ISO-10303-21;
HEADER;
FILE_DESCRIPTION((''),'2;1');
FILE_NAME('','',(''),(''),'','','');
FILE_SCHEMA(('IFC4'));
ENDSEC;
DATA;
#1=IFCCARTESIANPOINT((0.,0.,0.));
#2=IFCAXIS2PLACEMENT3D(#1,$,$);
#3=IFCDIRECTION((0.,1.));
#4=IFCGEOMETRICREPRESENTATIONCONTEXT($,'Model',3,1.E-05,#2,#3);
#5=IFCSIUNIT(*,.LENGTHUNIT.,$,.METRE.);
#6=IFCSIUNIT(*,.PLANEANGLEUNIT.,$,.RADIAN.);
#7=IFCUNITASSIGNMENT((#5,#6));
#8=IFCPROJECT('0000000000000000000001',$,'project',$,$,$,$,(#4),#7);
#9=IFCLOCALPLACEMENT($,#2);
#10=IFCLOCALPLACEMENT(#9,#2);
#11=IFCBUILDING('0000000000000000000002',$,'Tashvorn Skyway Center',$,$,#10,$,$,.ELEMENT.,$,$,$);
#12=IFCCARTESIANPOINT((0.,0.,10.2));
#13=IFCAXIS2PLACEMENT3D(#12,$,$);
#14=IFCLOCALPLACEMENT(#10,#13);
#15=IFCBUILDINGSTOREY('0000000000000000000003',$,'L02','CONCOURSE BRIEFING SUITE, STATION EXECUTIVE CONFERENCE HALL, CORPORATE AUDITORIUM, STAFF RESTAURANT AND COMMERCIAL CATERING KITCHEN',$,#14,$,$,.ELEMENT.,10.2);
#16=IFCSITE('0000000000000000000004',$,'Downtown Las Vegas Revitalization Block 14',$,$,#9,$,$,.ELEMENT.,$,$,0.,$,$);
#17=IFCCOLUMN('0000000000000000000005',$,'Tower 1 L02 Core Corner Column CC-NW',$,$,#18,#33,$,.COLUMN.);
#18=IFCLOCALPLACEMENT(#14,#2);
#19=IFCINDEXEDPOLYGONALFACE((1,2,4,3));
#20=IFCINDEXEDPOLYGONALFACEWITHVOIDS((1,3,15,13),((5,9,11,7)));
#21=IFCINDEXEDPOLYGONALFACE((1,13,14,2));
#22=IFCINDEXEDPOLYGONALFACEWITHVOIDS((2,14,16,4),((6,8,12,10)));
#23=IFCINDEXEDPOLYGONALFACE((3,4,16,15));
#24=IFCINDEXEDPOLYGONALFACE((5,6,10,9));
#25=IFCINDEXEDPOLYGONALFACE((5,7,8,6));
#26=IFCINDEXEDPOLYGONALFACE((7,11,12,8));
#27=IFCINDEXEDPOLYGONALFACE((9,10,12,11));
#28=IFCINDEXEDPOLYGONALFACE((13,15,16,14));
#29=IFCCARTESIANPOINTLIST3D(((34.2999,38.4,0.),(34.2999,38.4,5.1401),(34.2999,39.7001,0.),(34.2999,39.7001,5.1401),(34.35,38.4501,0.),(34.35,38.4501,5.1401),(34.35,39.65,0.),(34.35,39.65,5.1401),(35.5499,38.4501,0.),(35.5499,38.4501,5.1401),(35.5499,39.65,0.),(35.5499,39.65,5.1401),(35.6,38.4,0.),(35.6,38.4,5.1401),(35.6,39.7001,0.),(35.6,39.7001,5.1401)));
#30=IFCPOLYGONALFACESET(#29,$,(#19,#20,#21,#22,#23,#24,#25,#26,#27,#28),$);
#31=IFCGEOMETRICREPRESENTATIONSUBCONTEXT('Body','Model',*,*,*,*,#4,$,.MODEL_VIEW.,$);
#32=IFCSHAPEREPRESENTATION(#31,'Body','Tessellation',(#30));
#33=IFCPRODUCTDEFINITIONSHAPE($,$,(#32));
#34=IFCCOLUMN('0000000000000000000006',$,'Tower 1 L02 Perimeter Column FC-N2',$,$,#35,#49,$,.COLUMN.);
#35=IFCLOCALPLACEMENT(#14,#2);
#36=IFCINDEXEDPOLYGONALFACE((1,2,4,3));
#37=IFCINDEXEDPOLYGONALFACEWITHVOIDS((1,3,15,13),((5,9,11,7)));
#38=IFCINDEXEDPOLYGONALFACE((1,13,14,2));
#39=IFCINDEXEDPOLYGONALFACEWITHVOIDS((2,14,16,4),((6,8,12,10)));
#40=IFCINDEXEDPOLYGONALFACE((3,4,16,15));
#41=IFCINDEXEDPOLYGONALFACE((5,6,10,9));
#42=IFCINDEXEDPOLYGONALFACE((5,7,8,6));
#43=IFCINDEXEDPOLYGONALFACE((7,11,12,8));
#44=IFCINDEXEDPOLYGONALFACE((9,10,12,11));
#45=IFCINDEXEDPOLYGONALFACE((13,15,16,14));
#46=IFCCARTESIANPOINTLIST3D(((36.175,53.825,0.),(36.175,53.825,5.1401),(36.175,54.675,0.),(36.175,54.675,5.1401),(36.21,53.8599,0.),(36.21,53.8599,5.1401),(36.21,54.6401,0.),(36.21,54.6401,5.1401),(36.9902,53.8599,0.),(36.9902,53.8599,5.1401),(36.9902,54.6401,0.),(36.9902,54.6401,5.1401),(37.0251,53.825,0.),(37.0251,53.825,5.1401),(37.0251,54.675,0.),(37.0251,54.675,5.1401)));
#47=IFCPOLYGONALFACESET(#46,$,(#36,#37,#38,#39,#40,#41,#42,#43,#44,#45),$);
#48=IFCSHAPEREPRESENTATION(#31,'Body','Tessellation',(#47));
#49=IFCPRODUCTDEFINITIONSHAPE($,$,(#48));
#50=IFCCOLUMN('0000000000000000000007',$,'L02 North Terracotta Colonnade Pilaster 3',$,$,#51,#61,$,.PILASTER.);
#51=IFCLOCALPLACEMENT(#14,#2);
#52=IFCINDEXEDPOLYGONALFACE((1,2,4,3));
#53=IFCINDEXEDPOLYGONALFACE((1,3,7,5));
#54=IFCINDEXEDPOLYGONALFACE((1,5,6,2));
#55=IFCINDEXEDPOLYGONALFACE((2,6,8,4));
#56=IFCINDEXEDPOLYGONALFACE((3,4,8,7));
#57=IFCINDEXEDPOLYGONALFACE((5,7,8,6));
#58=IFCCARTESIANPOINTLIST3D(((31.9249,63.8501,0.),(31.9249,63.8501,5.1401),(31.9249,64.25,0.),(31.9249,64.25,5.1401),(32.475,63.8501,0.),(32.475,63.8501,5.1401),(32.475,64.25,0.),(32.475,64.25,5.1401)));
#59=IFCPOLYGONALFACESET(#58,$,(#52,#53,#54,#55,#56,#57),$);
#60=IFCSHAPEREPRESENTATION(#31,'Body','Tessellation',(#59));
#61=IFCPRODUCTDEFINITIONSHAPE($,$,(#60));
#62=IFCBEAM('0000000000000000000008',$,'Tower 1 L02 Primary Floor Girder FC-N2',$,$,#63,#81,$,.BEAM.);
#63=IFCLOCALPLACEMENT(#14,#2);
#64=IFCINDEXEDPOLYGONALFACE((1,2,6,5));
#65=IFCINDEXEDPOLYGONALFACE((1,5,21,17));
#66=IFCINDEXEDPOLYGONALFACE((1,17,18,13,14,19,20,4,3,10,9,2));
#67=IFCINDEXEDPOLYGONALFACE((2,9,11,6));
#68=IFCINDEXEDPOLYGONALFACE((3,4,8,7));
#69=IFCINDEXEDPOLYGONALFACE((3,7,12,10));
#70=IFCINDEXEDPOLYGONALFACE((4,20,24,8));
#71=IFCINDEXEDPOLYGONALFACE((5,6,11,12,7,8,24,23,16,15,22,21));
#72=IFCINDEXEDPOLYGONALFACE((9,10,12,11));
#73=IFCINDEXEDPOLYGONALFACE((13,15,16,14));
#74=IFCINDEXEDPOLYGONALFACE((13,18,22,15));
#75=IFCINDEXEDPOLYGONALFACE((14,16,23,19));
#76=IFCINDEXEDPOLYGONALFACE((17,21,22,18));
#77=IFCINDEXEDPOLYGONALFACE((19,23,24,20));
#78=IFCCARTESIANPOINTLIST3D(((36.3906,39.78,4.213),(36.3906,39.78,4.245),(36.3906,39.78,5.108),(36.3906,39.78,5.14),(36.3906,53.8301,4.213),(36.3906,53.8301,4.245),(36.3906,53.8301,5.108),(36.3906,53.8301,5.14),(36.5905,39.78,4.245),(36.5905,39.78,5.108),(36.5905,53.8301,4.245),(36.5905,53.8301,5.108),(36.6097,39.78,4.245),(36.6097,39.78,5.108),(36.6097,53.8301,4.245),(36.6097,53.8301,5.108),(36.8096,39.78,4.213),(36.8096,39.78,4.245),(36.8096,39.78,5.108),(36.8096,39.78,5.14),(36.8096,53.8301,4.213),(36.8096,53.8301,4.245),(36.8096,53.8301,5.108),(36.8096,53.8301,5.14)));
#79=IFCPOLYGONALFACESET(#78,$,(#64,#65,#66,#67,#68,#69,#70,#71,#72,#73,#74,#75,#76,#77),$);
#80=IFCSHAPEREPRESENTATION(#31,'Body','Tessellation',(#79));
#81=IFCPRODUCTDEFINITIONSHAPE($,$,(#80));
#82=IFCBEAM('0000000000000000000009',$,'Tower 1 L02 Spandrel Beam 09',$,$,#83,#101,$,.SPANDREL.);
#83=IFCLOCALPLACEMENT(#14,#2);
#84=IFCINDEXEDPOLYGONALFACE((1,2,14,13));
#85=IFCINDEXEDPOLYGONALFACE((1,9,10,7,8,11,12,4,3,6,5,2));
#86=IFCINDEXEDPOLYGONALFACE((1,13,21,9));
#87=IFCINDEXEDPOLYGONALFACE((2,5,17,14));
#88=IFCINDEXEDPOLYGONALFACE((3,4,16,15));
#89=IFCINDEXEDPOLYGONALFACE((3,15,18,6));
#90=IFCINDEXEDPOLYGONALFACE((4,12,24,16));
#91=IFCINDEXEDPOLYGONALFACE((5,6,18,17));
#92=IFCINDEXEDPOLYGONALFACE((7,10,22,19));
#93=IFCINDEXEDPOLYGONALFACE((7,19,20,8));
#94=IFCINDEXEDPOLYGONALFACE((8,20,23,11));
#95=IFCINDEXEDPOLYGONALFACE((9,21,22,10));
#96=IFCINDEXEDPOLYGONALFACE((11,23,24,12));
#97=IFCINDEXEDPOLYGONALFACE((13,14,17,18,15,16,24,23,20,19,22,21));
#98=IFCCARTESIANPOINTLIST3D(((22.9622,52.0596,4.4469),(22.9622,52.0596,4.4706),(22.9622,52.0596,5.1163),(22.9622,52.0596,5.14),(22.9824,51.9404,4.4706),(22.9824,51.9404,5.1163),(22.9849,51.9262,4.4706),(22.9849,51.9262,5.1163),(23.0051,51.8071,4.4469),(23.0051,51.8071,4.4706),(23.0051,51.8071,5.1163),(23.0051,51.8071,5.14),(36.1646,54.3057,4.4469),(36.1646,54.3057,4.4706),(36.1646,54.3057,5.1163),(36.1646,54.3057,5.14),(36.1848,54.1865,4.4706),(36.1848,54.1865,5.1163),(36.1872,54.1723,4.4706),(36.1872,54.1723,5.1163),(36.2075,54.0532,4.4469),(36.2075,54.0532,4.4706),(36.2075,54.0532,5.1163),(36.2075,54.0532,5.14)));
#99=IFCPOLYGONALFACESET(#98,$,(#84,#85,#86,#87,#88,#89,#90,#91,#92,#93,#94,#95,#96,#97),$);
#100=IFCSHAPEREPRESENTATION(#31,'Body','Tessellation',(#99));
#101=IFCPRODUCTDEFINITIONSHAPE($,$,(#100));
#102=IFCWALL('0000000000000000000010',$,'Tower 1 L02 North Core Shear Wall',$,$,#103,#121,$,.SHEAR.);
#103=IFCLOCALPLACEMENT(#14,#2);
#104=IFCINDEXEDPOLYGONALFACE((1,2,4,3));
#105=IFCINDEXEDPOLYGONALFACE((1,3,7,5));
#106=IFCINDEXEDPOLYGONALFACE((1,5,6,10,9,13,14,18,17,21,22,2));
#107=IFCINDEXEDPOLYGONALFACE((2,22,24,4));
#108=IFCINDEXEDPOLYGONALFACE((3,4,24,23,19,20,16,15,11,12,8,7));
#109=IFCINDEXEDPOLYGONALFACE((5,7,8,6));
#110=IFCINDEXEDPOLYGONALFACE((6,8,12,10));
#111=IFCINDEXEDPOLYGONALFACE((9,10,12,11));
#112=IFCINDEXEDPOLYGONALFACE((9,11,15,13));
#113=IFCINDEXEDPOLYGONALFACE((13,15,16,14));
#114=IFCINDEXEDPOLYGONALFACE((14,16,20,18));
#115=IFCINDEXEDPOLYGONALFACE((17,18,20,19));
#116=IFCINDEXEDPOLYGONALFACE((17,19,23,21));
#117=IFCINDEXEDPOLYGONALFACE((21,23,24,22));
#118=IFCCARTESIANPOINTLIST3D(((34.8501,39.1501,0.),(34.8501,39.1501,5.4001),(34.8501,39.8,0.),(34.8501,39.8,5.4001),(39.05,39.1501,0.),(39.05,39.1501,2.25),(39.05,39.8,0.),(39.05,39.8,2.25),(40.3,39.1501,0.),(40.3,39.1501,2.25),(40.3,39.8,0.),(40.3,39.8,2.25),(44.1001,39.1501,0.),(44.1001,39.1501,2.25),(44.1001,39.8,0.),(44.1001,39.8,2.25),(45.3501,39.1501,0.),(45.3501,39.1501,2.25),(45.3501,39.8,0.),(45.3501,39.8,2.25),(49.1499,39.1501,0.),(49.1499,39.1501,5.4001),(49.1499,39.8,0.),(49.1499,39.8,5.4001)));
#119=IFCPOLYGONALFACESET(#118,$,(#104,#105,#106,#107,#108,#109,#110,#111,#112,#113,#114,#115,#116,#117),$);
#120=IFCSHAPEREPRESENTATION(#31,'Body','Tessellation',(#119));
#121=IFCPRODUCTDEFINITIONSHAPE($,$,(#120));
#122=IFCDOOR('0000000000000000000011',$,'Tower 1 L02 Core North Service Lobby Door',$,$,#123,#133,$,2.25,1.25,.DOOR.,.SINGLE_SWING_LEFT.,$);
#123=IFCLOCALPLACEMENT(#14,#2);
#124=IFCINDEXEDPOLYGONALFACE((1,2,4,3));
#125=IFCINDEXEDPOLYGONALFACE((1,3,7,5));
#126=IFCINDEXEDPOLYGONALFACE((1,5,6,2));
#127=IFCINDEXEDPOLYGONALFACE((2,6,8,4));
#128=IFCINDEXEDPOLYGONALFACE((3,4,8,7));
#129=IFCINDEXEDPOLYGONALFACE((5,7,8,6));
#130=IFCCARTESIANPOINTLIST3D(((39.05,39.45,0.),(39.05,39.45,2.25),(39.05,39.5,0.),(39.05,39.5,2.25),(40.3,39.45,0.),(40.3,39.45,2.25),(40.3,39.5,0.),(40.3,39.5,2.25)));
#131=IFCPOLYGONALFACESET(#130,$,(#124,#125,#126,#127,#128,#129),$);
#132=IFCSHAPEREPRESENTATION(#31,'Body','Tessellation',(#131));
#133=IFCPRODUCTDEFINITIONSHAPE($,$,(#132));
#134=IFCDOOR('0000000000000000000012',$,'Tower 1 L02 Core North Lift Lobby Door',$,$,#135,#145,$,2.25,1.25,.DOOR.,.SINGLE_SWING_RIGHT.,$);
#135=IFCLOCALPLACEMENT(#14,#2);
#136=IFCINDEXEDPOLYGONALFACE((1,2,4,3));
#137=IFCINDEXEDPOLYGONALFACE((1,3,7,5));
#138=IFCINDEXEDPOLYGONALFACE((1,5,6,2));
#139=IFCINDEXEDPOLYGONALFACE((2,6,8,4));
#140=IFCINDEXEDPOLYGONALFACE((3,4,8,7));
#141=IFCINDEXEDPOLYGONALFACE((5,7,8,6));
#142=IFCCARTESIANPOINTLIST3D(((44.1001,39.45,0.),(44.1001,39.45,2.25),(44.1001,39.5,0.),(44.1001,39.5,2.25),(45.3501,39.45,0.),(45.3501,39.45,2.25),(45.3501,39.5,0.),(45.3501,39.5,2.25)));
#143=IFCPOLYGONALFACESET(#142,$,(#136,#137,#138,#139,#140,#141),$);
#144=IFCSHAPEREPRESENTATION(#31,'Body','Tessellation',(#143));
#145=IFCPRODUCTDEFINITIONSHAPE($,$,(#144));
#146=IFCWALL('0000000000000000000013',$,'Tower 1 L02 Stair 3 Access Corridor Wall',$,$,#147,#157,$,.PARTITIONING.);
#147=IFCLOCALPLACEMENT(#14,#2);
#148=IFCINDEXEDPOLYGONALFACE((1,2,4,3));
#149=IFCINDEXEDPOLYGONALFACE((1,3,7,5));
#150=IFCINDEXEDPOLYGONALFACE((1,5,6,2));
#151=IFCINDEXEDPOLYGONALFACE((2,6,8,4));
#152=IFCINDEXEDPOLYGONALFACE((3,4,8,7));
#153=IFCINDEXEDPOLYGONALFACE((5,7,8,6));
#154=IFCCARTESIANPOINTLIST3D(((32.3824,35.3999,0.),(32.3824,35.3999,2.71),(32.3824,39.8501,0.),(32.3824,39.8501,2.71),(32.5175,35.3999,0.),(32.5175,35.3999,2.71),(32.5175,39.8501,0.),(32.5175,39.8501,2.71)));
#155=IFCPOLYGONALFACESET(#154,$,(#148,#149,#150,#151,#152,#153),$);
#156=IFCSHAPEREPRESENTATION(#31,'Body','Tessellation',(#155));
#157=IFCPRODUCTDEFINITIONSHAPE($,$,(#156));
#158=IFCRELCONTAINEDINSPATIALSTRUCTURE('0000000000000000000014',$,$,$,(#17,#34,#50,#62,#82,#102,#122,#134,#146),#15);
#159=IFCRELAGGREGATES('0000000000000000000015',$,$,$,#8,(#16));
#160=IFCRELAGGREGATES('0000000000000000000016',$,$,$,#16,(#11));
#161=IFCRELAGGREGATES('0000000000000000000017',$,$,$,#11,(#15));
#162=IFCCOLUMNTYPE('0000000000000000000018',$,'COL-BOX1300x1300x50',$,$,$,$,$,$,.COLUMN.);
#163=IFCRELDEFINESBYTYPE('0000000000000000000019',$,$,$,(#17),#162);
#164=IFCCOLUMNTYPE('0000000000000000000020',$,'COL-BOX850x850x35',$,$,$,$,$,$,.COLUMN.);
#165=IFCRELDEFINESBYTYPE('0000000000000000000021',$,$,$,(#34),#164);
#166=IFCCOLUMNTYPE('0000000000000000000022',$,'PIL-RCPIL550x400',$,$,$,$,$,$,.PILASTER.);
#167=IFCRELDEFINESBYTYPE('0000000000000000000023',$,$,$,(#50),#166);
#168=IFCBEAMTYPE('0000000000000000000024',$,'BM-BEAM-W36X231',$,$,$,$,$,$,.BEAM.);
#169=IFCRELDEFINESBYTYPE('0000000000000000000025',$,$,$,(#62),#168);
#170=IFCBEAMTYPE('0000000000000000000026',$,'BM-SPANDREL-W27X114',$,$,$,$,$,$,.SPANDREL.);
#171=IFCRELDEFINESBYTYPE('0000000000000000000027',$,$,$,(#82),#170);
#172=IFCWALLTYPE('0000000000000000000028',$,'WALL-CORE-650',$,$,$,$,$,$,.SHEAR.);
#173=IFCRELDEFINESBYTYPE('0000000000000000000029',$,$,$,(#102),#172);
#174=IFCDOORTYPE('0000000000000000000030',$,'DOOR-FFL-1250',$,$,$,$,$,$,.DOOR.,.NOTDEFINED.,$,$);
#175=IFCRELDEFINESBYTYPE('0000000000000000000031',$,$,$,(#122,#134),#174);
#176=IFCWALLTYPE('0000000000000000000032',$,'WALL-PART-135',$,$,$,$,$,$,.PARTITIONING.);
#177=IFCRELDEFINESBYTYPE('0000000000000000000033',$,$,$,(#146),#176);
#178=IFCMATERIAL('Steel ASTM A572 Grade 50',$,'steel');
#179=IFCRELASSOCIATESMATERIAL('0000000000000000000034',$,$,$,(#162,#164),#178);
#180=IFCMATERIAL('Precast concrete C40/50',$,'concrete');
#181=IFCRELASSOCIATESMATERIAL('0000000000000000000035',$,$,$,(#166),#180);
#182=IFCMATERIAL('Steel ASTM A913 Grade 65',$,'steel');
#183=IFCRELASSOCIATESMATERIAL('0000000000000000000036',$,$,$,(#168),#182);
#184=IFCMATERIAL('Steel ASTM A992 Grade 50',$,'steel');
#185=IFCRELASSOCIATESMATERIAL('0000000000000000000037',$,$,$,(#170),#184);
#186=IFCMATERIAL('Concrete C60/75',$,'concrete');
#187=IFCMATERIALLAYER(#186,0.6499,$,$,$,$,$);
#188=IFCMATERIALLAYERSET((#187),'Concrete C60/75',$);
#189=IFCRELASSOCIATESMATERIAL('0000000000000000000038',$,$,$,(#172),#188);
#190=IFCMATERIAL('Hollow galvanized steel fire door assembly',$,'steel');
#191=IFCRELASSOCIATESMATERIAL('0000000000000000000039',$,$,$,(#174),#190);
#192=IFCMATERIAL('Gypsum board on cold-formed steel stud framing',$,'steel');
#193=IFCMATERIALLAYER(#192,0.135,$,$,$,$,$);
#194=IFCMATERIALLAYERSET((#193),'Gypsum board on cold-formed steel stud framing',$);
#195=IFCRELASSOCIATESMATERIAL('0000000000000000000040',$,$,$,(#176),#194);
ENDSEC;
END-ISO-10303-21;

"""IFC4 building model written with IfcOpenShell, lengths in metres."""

from ifc_helpers import new_model, si_unit, direction, frame, frame_2d, origin, origin_2d, place, context, subcontext, project, spatial, rectangle, hollow_rectangle, i_section, extrude, material, layer, layer_set, material_profile, profile_set, type_object, element, fill, save


model = new_model("IFC4")

# Units and contexts
model_context = context("Model", 3, precision=1e-05, world=origin(), true_north=direction((0.0, 1.0)))
body_context = subcontext(model_context, "Body", "Model", "MODEL_VIEW")
ifc_project = project(units=[si_unit("LENGTHUNIT", "METRE"), si_unit("PLANEANGLEUNIT", "RADIAN")], contexts=[model_context])

# Site, building, storey
site_placement = place(None, origin())
site = spatial("IfcSite", under=ifc_project, at=site_placement, Name="Downtown Las Vegas Revitalization Block 14", CompositionType="ELEMENT", RefElevation=0.0)
building_placement = place(site_placement, origin())
building = spatial("IfcBuilding", under=site, at=building_placement, Name="Tashvorn Skyway Center", CompositionType="ELEMENT")
storey_placement = place(building_placement, frame((0.0, 0.0, 10.2)))
storey = spatial("IfcBuildingStorey", under=building, at=storey_placement, Name="L02", Description="CONCOURSE BRIEFING SUITE, STATION EXECUTIVE CONFERENCE HALL, CORPORATE AUDITORIUM, STAFF RESTAURANT AND COMMERCIAL CATERING KITCHEN", CompositionType="ELEMENT", Elevation=10.2)

# Columns
ifc_material_1 = material(Name="Steel ASTM A572 Grade 50", Category="steel")
ifc_material_profile_1 = material_profile(ifc_material_1, hollow_rectangle(XDim=1.3, YDim=1.3, WallThickness=0.05, at=origin_2d()), Name="BOX1300x1300x50")
ifc_profile_set_1 = profile_set([ifc_material_profile_1], Name="Steel ASTM A572 Grade 50")
column_type_1 = type_object("IfcColumnType", Name="COL-BOX1300x1300x50", PredefinedType="COLUMN", material=ifc_profile_set_1)
column_1_placement = place(storey_placement, frame((34.95, 39.05, 0.0), z_axis=(0.0, 0.0, 1.0), x_axis=(1.0, 0.0, 0.0)))
element("IfcColumn", 1, at=column_1_placement, inside=storey, type_object=column_type_1, Name="Tower 1 L02 Core Corner Column CC-NW", PredefinedType="COLUMN", context=body_context, shape_type="SweptSolid", body=[
    extrude(hollow_rectangle(XDim=1.3, YDim=1.3, WallThickness=0.05, at=origin_2d()), origin(), (0.0, 0.0, 1.0), 5.1401),
])
ifc_material_profile_2 = material_profile(ifc_material_1, hollow_rectangle(XDim=0.8501, YDim=0.8501, WallThickness=0.0349, at=origin_2d()), Name="BOX850x850x35")
ifc_profile_set_2 = profile_set([ifc_material_profile_2], Name="Steel ASTM A572 Grade 50")
column_type_2 = type_object("IfcColumnType", Name="COL-BOX850x850x35", PredefinedType="COLUMN", material=ifc_profile_set_2)
column_2_placement = place(storey_placement, frame((36.6001, 54.25, 0.0), z_axis=(0.0, 0.0, 1.0), x_axis=(1.0, 0.0, 0.0)))
element("IfcColumn", 2, at=column_2_placement, inside=storey, type_object=column_type_2, Name="Tower 1 L02 Perimeter Column FC-N2", PredefinedType="COLUMN", context=body_context, shape_type="SweptSolid", body=[
    extrude(hollow_rectangle(XDim=0.8501, YDim=0.8501, WallThickness=0.0349, at=origin_2d()), origin(), (0.0, 0.0, 1.0), 5.1401),
])
ifc_material_2 = material(Name="Precast concrete C40/50", Category="concrete")
ifc_material_profile_3 = material_profile(ifc_material_2, rectangle(XDim=0.55, YDim=0.3999, at=origin_2d()), Name="RCPIL550x400")
ifc_profile_set_3 = profile_set([ifc_material_profile_3], Name="Precast concrete C40/50")
column_type_3 = type_object("IfcColumnType", Name="PIL-RCPIL550x400", PredefinedType="PILASTER", material=ifc_profile_set_3)
column_3_placement = place(storey_placement, frame((32.2, 64.05, 0.0), z_axis=(0.0, 0.0, 1.0), x_axis=(1.0, 0.0, 0.0)))
element("IfcColumn", 3, at=column_3_placement, inside=storey, type_object=column_type_3, Name="L02 North Terracotta Colonnade Pilaster 3", PredefinedType="PILASTER", context=body_context, shape_type="SweptSolid", body=[
    extrude(rectangle(XDim=0.55, YDim=0.3999, at=origin_2d()), origin(), (0.0, 0.0, 1.0), 5.1401),
])

# Beams
ifc_material_3 = material(Name="Steel ASTM A913 Grade 65", Category="steel")
ifc_material_profile_4 = material_profile(ifc_material_3, i_section(OverallWidth=0.4189, OverallDepth=0.927, WebThickness=0.0193, FlangeThickness=0.032, at=origin_2d()), Name="W36X231")
ifc_profile_set_4 = profile_set([ifc_material_profile_4], Name="Steel ASTM A913 Grade 65")
beam_type_1 = type_object("IfcBeamType", Name="BM-BEAM-W36X231", PredefinedType="BEAM", material=ifc_profile_set_4)
beam_1_placement = place(storey_placement, frame((36.6001, 53.8301, 4.6765), z_axis=(0.0, -1.0, 0.0), x_axis=(1.0, 0.0, 0.0)))
element("IfcBeam", 4, at=beam_1_placement, inside=storey, type_object=beam_type_1, Name="Tower 1 L02 Primary Floor Girder FC-N2", PredefinedType="BEAM", context=body_context, shape_type="SweptSolid", body=[
    extrude(i_section(OverallWidth=0.4189, OverallDepth=0.927, WebThickness=0.0193, FlangeThickness=0.032, at=origin_2d()), origin(), (0.0, 0.0, 1.0), 14.05),
])
ifc_material_4 = material(Name="Steel ASTM A992 Grade 50", Category="steel")
ifc_material_profile_5 = material_profile(ifc_material_4, i_section(OverallWidth=0.2561, OverallDepth=0.6931, WebThickness=0.0144, FlangeThickness=0.0237, at=origin_2d()), Name="W27X114")
ifc_profile_set_5 = profile_set([ifc_material_profile_5], Name="Steel ASTM A992 Grade 50")
beam_type_2 = type_object("IfcBeamType", Name="BM-SPANDREL-W27X114", PredefinedType="SPANDREL", material=ifc_profile_set_5)
beam_2_placement = place(storey_placement, frame((36.186, 54.1794, 4.7935), z_axis=(-0.985835, -0.167718, 0.0), x_axis=(0.167718, -0.985835, 0.0)))
element("IfcBeam", 5, at=beam_2_placement, inside=storey, type_object=beam_type_2, Name="Tower 1 L02 Spandrel Beam 09", PredefinedType="SPANDREL", context=body_context, shape_type="SweptSolid", body=[
    extrude(i_section(OverallWidth=0.2561, OverallDepth=0.6931, WebThickness=0.0144, FlangeThickness=0.0237, at=origin_2d()), origin(), (0.0, 0.0, 1.0), 13.3921),
])

# Wall, openings, doors
ifc_material_5 = material(Name="Concrete C60/75", Category="concrete")
ifc_layer_1 = layer(ifc_material_5, 0.6499)
ifc_layer_set_1 = layer_set([ifc_layer_1], Name="Concrete C60/75")
wall_type_1 = type_object("IfcWallType", Name="WALL-CORE-650", PredefinedType="SHEAR", material=ifc_layer_set_1)
wall_1_placement = place(storey_placement, frame((34.8501, 39.4751, 0.0), z_axis=(0.0, 0.0, 1.0), x_axis=(1.0, 0.0, 0.0)))
wall_1 = element("IfcWall", 6, at=wall_1_placement, inside=storey, type_object=wall_type_1, Name="Tower 1 L02 North Core Shear Wall", PredefinedType="SHEAR", context=body_context, shape_type="SweptSolid", body=[
    extrude(rectangle(XDim=14.2998, YDim=0.6499, at=frame_2d((7.1499, 0.0))), origin(), (0.0, 0.0, 1.0), 5.4001),
])
opening_1_placement = place(wall_1_placement, frame((4.2, 0.0, 0.0)))
opening_1 = element("IfcOpeningElement", 7, at=opening_1_placement, cuts=wall_1, PredefinedType="OPENING", context=body_context, shape_type="SweptSolid", body=[
    extrude(rectangle(XDim=1.25, YDim=2.25, at=frame_2d((0.625, 1.125))), frame((0.0, 0.335, 0.0), z_axis=(0.0, -1.0, 0.0), x_axis=(1.0, 0.0, 0.0)), (0.0, 0.0, 1.0), 0.6699),
])
opening_2_placement = place(wall_1_placement, frame((9.25, 0.0, 0.0)))
opening_2 = element("IfcOpeningElement", 8, at=opening_2_placement, cuts=wall_1, PredefinedType="OPENING", context=body_context, shape_type="SweptSolid", body=[
    extrude(rectangle(XDim=1.25, YDim=2.25, at=frame_2d((0.625, 1.125))), frame((0.0, 0.335, 0.0), z_axis=(0.0, -1.0, 0.0), x_axis=(1.0, 0.0, 0.0)), (0.0, 0.0, 1.0), 0.6699),
])
ifc_material_6 = material(Name="Hollow galvanized steel fire door assembly", Category="steel")
door_type_1 = type_object("IfcDoorType", Name="DOOR-FFL-1250", OperationType="NOTDEFINED", PredefinedType="DOOR", material=ifc_material_6)
door_1_placement = place(opening_1_placement, origin())
door_1 = element("IfcDoor", 9, at=door_1_placement, inside=storey, type_object=door_type_1, Name="Tower 1 L02 Core North Service Lobby Door", OperationType="SINGLE_SWING_LEFT", OverallHeight=2.25, OverallWidth=1.25, PredefinedType="DOOR", context=body_context, shape_type="SweptSolid", body=[
    extrude(rectangle(XDim=1.25, YDim=2.25, at=frame_2d((0.625, 1.125))), frame((0.0, 0.0249, 0.0), z_axis=(0.0, -1.0, 0.0), x_axis=(1.0, 0.0, 0.0)), (0.0, 0.0, 1.0), 0.05),
])
fill(opening_1, door_1)
door_2_placement = place(opening_2_placement, origin())
door_2 = element("IfcDoor", 10, at=door_2_placement, inside=storey, type_object=door_type_1, Name="Tower 1 L02 Core North Lift Lobby Door", OperationType="SINGLE_SWING_RIGHT", OverallHeight=2.25, OverallWidth=1.25, PredefinedType="DOOR", context=body_context, shape_type="SweptSolid", body=[
    extrude(rectangle(XDim=1.25, YDim=2.25, at=frame_2d((0.625, 1.125))), frame((0.0, 0.0249, 0.0), z_axis=(0.0, -1.0, 0.0), x_axis=(1.0, 0.0, 0.0)), (0.0, 0.0, 1.0), 0.05),
])
fill(opening_2, door_2)

# Wall
ifc_material_7 = material(Name="Gypsum board on cold-formed steel stud framing", Category="steel")
ifc_layer_2 = layer(ifc_material_7, 0.135)
ifc_layer_set_2 = layer_set([ifc_layer_2], Name="Gypsum board on cold-formed steel stud framing")
wall_type_2 = type_object("IfcWallType", Name="WALL-PART-135", PredefinedType="PARTITIONING", material=ifc_layer_set_2)
wall_2_placement = place(storey_placement, frame((32.45, 35.3999, 0.0), z_axis=(0.0, 0.0, 1.0), x_axis=(0.0, 1.0, 0.0)))
element("IfcWall", 11, at=wall_2_placement, inside=storey, type_object=wall_type_2, Name="Tower 1 L02 Stair 3 Access Corridor Wall", PredefinedType="PARTITIONING", context=body_context, shape_type="SweptSolid", body=[
    extrude(rectangle(XDim=4.4502, YDim=0.135, at=frame_2d((2.2251, 0.0))), origin(), (0.0, 0.0, 1.0), 2.71),
])

save(model, "model.ifc")
